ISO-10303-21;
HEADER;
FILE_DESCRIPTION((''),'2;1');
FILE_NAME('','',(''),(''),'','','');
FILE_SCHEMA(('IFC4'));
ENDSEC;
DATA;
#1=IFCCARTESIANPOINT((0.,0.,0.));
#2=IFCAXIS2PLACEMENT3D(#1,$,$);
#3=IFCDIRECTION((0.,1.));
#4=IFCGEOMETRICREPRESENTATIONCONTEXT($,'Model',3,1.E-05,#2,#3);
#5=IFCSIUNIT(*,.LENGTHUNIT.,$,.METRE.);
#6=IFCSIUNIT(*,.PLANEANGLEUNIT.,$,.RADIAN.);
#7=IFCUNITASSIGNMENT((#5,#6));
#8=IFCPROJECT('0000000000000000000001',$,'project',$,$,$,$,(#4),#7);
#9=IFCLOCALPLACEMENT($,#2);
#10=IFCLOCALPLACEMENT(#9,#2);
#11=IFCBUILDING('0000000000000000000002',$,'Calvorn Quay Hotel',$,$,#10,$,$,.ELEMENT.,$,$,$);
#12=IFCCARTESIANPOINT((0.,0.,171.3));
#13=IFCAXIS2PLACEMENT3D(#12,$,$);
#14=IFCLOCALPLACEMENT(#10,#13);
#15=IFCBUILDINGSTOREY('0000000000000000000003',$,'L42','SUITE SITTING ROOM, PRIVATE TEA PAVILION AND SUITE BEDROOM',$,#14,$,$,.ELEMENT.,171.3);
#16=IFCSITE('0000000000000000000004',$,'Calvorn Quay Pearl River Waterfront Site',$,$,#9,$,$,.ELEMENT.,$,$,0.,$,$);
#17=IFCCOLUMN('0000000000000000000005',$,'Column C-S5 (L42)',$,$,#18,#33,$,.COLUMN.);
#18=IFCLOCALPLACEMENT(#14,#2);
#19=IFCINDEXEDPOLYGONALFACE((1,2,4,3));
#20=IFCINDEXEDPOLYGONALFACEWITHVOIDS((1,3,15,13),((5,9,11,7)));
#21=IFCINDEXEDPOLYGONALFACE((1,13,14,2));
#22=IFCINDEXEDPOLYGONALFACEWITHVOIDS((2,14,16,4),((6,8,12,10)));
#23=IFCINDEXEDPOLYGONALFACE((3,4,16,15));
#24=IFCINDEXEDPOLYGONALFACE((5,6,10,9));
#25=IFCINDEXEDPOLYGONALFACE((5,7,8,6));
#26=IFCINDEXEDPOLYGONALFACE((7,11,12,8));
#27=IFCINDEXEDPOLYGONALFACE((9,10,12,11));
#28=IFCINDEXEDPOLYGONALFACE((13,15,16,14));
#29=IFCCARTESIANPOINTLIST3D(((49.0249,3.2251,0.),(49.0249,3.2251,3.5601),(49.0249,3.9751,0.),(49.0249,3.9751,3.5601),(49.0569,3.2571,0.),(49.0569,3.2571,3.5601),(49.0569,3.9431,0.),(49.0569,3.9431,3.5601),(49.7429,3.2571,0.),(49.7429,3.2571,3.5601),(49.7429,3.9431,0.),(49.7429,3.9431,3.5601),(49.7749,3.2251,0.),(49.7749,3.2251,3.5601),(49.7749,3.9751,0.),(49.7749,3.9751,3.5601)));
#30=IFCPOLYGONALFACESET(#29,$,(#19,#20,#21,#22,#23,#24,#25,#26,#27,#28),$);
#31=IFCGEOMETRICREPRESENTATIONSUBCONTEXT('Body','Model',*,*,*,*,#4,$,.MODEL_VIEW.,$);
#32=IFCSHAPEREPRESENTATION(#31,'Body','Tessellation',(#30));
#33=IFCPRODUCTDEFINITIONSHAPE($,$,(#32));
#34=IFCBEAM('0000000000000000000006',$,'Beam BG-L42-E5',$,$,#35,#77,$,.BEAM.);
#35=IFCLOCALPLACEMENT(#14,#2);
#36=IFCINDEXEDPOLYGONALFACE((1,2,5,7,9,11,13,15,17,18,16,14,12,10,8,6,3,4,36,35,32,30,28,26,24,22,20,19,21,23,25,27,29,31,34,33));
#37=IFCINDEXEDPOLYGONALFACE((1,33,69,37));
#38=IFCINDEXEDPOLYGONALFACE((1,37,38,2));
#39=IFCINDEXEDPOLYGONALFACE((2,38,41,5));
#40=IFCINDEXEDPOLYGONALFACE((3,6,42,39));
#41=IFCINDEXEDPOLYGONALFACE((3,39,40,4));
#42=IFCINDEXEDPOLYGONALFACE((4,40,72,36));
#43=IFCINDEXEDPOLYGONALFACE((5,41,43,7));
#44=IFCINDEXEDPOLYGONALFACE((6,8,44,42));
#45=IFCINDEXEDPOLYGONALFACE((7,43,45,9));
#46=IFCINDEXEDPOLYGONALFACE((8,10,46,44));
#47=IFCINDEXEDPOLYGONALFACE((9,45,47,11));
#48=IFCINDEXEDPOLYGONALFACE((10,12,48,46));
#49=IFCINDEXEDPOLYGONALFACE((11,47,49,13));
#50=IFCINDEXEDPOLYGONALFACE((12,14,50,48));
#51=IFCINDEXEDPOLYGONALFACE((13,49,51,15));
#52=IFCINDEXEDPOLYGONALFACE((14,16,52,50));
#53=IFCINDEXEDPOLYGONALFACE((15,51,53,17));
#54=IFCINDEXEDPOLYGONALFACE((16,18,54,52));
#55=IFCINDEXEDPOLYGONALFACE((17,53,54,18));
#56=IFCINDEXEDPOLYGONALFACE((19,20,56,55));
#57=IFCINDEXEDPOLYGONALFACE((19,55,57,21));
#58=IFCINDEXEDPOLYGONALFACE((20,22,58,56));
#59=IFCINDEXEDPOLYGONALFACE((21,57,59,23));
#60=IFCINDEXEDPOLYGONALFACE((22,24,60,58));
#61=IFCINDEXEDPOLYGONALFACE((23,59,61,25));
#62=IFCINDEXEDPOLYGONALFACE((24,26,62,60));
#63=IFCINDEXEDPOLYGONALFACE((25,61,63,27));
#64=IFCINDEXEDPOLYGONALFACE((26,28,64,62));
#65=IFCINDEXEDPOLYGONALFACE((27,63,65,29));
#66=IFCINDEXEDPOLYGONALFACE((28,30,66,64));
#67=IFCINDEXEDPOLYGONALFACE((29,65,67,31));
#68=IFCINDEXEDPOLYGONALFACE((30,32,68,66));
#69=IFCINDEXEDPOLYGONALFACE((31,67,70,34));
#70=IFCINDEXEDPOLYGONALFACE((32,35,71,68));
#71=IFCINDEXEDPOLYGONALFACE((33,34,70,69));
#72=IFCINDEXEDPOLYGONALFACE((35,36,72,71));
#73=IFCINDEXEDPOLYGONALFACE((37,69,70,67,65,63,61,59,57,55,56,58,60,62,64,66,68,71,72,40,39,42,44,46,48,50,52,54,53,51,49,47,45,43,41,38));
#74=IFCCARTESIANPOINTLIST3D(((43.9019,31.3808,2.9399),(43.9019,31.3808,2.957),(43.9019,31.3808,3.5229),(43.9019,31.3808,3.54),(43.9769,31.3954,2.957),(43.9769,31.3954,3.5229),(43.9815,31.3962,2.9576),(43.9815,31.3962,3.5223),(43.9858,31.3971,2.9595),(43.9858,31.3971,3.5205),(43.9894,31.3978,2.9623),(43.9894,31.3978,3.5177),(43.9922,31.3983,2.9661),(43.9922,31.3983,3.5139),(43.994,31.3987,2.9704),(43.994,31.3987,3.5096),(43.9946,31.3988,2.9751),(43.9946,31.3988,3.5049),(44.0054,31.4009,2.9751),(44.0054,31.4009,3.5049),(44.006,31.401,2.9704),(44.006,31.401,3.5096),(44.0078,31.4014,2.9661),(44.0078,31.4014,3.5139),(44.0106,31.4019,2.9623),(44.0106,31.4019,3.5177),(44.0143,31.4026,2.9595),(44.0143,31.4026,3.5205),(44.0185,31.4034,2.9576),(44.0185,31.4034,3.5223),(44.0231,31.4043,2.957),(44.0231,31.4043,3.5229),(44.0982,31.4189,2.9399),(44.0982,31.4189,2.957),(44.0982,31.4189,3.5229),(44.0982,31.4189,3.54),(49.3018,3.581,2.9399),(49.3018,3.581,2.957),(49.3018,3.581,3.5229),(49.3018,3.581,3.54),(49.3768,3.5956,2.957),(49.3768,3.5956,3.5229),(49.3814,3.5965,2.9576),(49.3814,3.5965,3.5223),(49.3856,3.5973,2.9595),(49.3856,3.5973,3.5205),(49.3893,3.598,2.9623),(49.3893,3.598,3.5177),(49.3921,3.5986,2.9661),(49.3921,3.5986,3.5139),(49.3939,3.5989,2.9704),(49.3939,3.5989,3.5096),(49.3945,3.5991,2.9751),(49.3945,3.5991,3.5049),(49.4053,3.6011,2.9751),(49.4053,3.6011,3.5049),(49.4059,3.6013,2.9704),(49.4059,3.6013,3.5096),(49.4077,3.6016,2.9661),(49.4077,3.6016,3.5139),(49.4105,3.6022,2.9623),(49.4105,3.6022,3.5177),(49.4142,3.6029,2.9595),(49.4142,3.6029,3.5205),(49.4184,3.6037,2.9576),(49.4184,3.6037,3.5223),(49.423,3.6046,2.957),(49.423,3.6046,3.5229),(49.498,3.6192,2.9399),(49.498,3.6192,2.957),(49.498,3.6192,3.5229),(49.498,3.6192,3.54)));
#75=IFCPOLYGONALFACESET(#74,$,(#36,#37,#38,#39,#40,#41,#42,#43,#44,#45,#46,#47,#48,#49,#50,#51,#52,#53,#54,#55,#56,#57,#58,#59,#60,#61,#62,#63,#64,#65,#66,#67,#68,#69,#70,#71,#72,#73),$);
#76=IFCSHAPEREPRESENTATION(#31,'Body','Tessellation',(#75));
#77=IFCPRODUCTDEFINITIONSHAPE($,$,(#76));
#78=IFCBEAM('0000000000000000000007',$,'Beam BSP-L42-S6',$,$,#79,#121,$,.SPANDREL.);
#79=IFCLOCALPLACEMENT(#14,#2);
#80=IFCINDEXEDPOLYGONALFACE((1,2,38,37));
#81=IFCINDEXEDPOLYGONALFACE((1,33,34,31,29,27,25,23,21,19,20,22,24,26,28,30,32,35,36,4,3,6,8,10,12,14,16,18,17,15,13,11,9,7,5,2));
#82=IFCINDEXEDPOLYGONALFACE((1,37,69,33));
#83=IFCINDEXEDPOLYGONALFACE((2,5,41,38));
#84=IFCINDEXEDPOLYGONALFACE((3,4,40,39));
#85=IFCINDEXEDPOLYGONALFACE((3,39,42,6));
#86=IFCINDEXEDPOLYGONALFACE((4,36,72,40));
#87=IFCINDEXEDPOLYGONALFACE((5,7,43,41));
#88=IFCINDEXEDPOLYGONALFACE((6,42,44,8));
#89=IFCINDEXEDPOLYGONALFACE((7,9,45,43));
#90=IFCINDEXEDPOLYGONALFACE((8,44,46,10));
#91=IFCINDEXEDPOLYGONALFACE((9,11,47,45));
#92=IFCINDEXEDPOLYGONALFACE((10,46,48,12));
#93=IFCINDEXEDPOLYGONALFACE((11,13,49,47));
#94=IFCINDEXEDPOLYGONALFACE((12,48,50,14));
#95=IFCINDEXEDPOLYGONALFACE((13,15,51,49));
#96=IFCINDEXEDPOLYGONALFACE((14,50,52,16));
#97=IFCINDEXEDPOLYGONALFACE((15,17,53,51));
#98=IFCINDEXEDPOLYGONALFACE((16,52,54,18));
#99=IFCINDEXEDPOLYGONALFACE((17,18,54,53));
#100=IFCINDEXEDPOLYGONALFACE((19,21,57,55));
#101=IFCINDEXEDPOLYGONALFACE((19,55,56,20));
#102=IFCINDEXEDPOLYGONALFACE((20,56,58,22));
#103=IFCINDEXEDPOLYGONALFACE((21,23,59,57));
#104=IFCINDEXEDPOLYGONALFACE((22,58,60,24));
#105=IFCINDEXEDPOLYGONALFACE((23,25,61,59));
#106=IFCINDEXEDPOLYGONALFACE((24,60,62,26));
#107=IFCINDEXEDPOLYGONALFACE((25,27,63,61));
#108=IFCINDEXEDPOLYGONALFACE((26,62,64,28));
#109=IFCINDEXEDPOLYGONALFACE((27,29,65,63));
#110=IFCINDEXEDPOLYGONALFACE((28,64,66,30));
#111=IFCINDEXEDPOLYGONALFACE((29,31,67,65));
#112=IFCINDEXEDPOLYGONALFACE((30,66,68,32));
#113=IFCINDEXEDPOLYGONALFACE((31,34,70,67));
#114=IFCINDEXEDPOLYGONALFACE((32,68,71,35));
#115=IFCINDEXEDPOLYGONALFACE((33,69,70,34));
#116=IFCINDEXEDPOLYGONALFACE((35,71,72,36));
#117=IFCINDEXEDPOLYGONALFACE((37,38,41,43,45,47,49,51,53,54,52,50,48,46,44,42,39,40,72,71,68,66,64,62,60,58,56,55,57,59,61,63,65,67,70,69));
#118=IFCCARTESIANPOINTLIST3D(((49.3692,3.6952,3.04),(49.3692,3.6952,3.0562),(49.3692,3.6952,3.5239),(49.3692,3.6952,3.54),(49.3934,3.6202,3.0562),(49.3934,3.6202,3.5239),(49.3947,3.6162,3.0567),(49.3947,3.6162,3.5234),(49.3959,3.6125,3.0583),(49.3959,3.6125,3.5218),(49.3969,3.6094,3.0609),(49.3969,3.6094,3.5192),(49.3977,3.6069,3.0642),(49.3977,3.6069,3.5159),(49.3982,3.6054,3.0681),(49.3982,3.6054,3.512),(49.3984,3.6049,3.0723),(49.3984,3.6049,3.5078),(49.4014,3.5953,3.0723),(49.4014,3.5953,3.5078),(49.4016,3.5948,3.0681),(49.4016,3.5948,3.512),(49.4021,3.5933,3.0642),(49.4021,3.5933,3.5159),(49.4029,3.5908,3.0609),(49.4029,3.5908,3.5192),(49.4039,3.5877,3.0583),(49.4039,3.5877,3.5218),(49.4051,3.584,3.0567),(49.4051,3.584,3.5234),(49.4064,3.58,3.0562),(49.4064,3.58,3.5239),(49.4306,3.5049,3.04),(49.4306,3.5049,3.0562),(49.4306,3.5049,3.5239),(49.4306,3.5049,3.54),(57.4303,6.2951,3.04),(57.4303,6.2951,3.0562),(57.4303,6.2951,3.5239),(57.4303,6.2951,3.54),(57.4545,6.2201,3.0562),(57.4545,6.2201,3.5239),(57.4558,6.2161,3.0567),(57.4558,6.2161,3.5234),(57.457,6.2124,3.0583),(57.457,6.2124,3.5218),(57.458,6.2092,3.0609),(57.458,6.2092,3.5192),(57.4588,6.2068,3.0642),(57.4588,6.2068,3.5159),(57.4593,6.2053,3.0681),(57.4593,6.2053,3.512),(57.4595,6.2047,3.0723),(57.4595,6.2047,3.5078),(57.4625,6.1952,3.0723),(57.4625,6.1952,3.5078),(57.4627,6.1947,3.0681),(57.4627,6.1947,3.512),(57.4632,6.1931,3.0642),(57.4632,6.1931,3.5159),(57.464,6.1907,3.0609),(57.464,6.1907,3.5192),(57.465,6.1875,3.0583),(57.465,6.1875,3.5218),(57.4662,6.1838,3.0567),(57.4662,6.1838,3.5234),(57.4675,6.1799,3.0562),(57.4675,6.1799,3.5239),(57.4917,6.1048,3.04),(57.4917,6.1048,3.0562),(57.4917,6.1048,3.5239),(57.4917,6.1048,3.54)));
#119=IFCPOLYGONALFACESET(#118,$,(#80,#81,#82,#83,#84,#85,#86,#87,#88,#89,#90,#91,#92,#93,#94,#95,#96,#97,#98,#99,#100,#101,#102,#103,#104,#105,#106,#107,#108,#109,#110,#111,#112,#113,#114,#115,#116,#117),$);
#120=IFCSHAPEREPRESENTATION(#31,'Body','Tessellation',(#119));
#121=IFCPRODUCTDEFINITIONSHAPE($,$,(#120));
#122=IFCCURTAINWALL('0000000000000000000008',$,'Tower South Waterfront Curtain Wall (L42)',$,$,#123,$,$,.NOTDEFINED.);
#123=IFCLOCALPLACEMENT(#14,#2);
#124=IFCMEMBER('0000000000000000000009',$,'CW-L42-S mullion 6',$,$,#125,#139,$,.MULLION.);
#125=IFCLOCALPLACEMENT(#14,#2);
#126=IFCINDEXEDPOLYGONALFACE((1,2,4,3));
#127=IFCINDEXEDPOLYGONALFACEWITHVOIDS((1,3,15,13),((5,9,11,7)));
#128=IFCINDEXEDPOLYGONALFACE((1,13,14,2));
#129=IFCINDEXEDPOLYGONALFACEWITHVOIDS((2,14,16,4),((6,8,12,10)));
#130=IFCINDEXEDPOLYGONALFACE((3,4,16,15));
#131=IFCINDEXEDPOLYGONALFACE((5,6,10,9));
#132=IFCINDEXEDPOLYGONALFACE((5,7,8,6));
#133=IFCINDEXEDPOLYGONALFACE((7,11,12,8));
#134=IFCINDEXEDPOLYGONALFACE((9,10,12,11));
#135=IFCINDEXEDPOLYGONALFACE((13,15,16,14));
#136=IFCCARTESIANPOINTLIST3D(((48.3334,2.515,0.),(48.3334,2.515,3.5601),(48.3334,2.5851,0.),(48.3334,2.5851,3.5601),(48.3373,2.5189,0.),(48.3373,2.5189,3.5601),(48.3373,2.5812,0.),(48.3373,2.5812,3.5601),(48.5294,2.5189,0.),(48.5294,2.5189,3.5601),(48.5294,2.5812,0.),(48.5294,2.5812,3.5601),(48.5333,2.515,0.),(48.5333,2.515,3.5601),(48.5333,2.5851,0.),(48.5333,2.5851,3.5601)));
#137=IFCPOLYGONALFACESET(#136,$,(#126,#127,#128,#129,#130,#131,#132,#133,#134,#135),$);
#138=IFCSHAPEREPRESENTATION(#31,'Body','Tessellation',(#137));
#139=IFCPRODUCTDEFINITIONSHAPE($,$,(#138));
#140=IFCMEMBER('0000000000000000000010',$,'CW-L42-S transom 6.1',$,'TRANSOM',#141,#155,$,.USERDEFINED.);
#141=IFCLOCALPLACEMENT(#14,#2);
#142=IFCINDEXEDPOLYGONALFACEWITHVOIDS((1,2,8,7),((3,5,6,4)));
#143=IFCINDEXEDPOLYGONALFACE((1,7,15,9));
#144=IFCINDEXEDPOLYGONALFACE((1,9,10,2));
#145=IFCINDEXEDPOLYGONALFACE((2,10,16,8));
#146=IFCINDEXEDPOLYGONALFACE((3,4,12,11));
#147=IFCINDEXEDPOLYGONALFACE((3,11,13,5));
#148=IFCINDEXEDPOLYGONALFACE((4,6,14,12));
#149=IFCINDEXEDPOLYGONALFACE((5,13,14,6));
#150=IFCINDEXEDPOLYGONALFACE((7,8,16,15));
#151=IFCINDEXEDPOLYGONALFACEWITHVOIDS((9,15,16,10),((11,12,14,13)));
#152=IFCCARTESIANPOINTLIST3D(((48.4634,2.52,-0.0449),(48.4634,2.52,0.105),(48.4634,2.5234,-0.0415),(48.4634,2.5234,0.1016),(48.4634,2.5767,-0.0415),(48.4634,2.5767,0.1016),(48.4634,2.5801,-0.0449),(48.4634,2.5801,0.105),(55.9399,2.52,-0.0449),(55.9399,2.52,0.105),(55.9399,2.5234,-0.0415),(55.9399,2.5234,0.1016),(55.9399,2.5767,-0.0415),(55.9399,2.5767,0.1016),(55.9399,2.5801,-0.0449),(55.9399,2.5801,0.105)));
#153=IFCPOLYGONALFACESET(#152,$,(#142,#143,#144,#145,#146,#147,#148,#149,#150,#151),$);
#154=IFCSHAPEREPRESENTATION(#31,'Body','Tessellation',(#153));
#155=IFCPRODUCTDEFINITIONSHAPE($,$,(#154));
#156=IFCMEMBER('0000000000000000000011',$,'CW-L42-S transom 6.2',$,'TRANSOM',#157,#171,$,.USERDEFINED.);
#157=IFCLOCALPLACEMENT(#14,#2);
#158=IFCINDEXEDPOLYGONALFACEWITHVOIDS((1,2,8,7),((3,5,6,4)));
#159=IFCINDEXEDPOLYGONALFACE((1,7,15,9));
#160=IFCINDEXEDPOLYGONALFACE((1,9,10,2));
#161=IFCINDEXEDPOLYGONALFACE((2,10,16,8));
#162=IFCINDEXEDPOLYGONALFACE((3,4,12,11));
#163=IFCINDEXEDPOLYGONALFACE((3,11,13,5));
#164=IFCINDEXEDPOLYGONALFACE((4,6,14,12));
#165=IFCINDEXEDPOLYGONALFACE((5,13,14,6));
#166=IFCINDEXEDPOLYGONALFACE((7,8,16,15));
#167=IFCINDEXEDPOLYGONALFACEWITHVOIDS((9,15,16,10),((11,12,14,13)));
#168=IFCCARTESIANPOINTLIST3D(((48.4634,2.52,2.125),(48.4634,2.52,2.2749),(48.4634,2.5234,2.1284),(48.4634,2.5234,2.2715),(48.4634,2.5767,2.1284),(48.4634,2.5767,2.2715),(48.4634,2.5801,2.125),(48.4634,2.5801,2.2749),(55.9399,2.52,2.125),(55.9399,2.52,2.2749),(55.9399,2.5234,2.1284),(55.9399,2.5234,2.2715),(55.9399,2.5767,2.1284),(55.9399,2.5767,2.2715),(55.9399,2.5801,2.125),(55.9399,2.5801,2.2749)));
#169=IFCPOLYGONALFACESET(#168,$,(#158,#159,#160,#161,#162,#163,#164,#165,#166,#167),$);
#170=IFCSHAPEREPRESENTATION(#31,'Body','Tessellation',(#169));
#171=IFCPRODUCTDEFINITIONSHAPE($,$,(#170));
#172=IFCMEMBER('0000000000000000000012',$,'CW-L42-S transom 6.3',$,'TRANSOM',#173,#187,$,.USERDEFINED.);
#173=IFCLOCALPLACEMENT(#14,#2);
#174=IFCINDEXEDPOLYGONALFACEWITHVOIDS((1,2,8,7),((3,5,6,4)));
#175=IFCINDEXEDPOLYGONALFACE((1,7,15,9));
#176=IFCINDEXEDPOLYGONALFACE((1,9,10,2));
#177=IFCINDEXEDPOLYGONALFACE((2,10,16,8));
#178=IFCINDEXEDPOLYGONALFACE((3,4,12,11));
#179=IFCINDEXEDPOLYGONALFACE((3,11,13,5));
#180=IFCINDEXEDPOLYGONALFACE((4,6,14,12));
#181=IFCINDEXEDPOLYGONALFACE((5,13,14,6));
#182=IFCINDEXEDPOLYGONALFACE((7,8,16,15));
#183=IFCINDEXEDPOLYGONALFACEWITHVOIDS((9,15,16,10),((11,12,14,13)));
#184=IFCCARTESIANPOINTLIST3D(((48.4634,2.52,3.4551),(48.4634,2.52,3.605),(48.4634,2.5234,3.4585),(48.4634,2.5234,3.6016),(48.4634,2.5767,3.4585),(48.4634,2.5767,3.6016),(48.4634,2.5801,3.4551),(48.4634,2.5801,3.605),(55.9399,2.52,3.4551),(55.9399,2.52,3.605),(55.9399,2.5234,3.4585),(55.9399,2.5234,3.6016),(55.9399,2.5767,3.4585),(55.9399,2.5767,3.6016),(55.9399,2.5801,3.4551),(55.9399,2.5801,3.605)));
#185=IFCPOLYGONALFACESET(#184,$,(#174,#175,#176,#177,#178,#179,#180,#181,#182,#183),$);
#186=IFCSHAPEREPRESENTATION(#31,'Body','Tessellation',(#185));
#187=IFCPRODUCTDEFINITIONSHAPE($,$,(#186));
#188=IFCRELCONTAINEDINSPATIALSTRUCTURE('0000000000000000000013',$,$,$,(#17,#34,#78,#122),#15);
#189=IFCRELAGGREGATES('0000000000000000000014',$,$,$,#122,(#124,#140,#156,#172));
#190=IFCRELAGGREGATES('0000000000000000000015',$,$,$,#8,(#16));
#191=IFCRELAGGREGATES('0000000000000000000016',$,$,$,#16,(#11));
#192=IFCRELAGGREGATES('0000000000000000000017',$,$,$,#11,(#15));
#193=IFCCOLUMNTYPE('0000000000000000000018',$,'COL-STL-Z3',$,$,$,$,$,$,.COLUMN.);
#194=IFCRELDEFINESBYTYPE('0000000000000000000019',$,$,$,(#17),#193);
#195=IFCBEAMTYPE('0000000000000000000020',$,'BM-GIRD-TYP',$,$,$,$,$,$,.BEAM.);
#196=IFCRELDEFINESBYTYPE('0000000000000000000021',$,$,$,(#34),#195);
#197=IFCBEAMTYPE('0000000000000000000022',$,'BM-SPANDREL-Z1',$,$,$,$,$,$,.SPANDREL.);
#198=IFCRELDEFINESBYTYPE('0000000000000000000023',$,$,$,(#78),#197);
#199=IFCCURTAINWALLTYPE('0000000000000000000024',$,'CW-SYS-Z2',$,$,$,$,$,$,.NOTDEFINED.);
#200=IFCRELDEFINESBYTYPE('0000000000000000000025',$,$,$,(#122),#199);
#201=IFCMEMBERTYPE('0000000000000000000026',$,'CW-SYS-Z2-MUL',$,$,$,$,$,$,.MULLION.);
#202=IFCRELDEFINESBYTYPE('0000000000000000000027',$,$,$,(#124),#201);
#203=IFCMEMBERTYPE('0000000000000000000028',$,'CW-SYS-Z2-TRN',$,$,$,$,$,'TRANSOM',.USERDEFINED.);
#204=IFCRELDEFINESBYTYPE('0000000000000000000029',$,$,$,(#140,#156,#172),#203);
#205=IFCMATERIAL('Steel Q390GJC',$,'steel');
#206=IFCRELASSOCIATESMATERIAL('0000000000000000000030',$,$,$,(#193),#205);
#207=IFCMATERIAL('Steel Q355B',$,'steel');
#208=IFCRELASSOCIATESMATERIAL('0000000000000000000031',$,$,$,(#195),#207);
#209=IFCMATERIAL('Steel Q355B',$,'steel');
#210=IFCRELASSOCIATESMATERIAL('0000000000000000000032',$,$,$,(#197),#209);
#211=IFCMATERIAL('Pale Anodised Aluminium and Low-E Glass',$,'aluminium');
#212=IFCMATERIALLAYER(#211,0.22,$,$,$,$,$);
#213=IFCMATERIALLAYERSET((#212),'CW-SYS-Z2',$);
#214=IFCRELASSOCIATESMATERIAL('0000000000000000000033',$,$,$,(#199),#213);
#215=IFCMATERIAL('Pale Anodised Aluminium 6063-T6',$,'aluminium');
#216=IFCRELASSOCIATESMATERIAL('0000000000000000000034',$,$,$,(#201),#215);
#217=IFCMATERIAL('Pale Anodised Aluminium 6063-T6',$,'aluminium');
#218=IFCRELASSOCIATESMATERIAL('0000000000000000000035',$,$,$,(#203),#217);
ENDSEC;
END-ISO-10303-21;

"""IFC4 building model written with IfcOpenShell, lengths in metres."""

from ifc_helpers import new_model, si_unit, direction, frame, origin, origin_2d, place, context, subcontext, project, spatial, hollow_rectangle, i_section, extrude, material, layer, layer_set, material_profile, profile_set, type_object, element, aggregate, save


model = new_model("IFC4")

# Units and contexts
model_context = context("Model", 3, precision=1e-05, world=origin(), true_north=direction((0.0, 1.0)))
body_context = subcontext(model_context, "Body", "Model", "MODEL_VIEW")
ifc_project = project(units=[si_unit("LENGTHUNIT", "METRE"), si_unit("PLANEANGLEUNIT", "RADIAN")], contexts=[model_context])

# Site, building, storey
site_placement = place(None, origin())
site = spatial("IfcSite", under=ifc_project, at=site_placement, Name="Calvorn Quay Pearl River Waterfront Site", CompositionType="ELEMENT", RefElevation=0.0)
building_placement = place(site_placement, origin())
building = spatial("IfcBuilding", under=site, at=building_placement, Name="Calvorn Quay Hotel", CompositionType="ELEMENT")
storey_placement = place(building_placement, frame((0.0, 0.0, 171.3)))
storey = spatial("IfcBuildingStorey", under=building, at=storey_placement, Name="L42", Description="SUITE SITTING ROOM, PRIVATE TEA PAVILION AND SUITE BEDROOM", CompositionType="ELEMENT", Elevation=171.3)

# Column
ifc_material_1 = material(Name="Steel Q390GJC", Category="steel")
ifc_material_profile_1 = material_profile(ifc_material_1, hollow_rectangle(XDim=0.75, YDim=0.75, WallThickness=0.032, at=origin_2d()), Name="BOX750x750x32")
ifc_profile_set_1 = profile_set([ifc_material_profile_1], Name="Steel Q390GJC")
column_type = type_object("IfcColumnType", Name="COL-STL-Z3", PredefinedType="COLUMN", material=ifc_profile_set_1)
column_placement = place(storey_placement, frame((49.3999, 3.6001, 0.0), z_axis=(0.0, 0.0, 1.0), x_axis=(1.0, 0.0, 0.0)))
element("IfcColumn", 1, at=column_placement, inside=storey, type_object=column_type, Name="Column C-S5 (L42)", PredefinedType="COLUMN", context=body_context, shape_type="SweptSolid", body=[
    extrude(hollow_rectangle(XDim=0.75, YDim=0.75, WallThickness=0.032, at=origin_2d()), origin(), (0.0, 0.0, 1.0), 3.5601),
])

# Beams
ifc_material_2 = material(Name="Steel Q355B", Category="steel")
ifc_material_profile_2 = material_profile(ifc_material_2, i_section(OverallWidth=0.2, OverallDepth=0.6001, WebThickness=0.011, FlangeThickness=0.0171, FilletRadius=0.0181, at=origin_2d()), Name="HN600x200x11x17")
ifc_profile_set_2 = profile_set([ifc_material_profile_2], Name="Steel Q355B")
beam_type_1 = type_object("IfcBeamType", Name="BM-GIRD-TYP", PredefinedType="BEAM", material=ifc_profile_set_2)
beam_1_placement = place(storey_placement, frame((49.3999, 3.6001, 3.24), z_axis=(-0.190679, 0.981653, 0.0), x_axis=(-0.981653, -0.190679, 0.0)))
element("IfcBeam", 2, at=beam_1_placement, inside=storey, type_object=beam_type_1, Name="Beam BG-L42-E5", PredefinedType="BEAM", context=body_context, shape_type="SweptSolid", body=[
    extrude(i_section(OverallWidth=0.2, OverallDepth=0.6001, WebThickness=0.011, FlangeThickness=0.0171, FilletRadius=0.0181, at=origin_2d()), origin(), (0.0, 0.0, 1.0), 28.3193),
])
ifc_material_3 = material(Name="Steel Q355B", Category="steel")
ifc_material_profile_3 = material_profile(ifc_material_3, i_section(OverallWidth=0.2, OverallDepth=0.5, WebThickness=0.01, FlangeThickness=0.0161, FilletRadius=0.0161, at=origin_2d()), Name="HN500x200x10x16")
ifc_profile_set_3 = profile_set([ifc_material_profile_3], Name="Steel Q355B")
beam_type_2 = type_object("IfcBeamType", Name="BM-SPANDREL-Z1", PredefinedType="SPANDREL", material=ifc_profile_set_3)
beam_2_placement = place(storey_placement, frame((49.3999, 3.6001, 3.29), z_axis=(0.951725, 0.306951, 0.0), x_axis=(-0.306951, 0.951725, 0.0)))
element("IfcBeam", 3, at=beam_2_placement, inside=storey, type_object=beam_type_2, Name="Beam BSP-L42-S6", PredefinedType="SPANDREL", context=body_context, shape_type="SweptSolid", body=[
    extrude(i_section(OverallWidth=0.2, OverallDepth=0.5, WebThickness=0.01, FlangeThickness=0.0161, FilletRadius=0.0161, at=origin_2d()), origin(), (0.0, 0.0, 1.0), 8.47),
])

# Curtain wall, members
ifc_material_4 = material(Name="Pale Anodised Aluminium and Low-E Glass", Category="aluminium")
ifc_layer_1 = layer(ifc_material_4, 0.22)
ifc_layer_set_1 = layer_set([ifc_layer_1], Name="CW-SYS-Z2")
curtain_wall_type = type_object("IfcCurtainWallType", Name="CW-SYS-Z2", PredefinedType="NOTDEFINED", material=ifc_layer_set_1)
curtain_wall_placement = place(storey_placement, origin())
curtain_wall = element("IfcCurtainWall", 4, at=curtain_wall_placement, inside=storey, type_object=curtain_wall_type, Name="Tower South Waterfront Curtain Wall (L42)", PredefinedType="NOTDEFINED")
ifc_material_5 = material(Name="Pale Anodised Aluminium 6063-T6", Category="aluminium")
ifc_material_profile_4 = material_profile(ifc_material_5, hollow_rectangle(XDim=0.0701, YDim=0.2, WallThickness=0.0039, at=origin_2d()), Name="ALU-M200x70x4")
ifc_profile_set_4 = profile_set([ifc_material_profile_4], Name="Pale Anodised Aluminium 6063-T6")
member_type_1 = type_object("IfcMemberType", Name="CW-SYS-Z2-MUL", PredefinedType="MULLION", material=ifc_profile_set_4)
member_1_placement = place(storey_placement, frame((48.4333, 2.55, 0.0), z_axis=(0.0, 0.0, 1.0), x_axis=(0.0, 1.0, 0.0)))
member_1 = element("IfcMember", 5, at=member_1_placement, type_object=member_type_1, Name="CW-L42-S mullion 6", PredefinedType="MULLION", context=body_context, shape_type="SweptSolid", body=[
    extrude(hollow_rectangle(XDim=0.0701, YDim=0.2, WallThickness=0.0039, at=origin_2d()), origin(), (0.0, 0.0, 1.0), 3.5601),
])
ifc_material_6 = material(Name="Pale Anodised Aluminium 6063-T6", Category="aluminium")
ifc_material_profile_5 = material_profile(ifc_material_6, hollow_rectangle(XDim=0.0601, YDim=0.1499, WallThickness=0.0034, at=origin_2d()), Name="ALU-T150x60x3.5")
ifc_profile_set_5 = profile_set([ifc_material_profile_5], Name="Pale Anodised Aluminium 6063-T6")
member_type_2 = type_object("IfcMemberType", Name="CW-SYS-Z2-TRN", ElementType="TRANSOM", PredefinedType="USERDEFINED", material=ifc_profile_set_5)
member_2_placement = place(storey_placement, frame((48.4634, 2.55, 0.03), z_axis=(1.0, 0.0, 0.0), x_axis=(0.0, 1.0, 0.0)))
member_2 = element("IfcMember", 6, at=member_2_placement, type_object=member_type_2, Name="CW-L42-S transom 6.1", ObjectType="TRANSOM", PredefinedType="USERDEFINED", context=body_context, shape_type="SweptSolid", body=[
    extrude(hollow_rectangle(XDim=0.0601, YDim=0.1499, WallThickness=0.0034, at=origin_2d()), origin(), (0.0, 0.0, 1.0), 7.4766),
])
member_3_placement = place(storey_placement, frame((48.4634, 2.55, 2.2), z_axis=(1.0, 0.0, 0.0), x_axis=(0.0, 1.0, 0.0)))
member_3 = element("IfcMember", 7, at=member_3_placement, type_object=member_type_2, Name="CW-L42-S transom 6.2", ObjectType="TRANSOM", PredefinedType="USERDEFINED", context=body_context, shape_type="SweptSolid", body=[
    extrude(hollow_rectangle(XDim=0.0601, YDim=0.1499, WallThickness=0.0034, at=origin_2d()), origin(), (0.0, 0.0, 1.0), 7.4766),
])
member_4_placement = place(storey_placement, frame((48.4634, 2.55, 3.53), z_axis=(1.0, 0.0, 0.0), x_axis=(0.0, 1.0, 0.0)))
member_4 = element("IfcMember", 8, at=member_4_placement, type_object=member_type_2, Name="CW-L42-S transom 6.3", ObjectType="TRANSOM", PredefinedType="USERDEFINED", context=body_context, shape_type="SweptSolid", body=[
    extrude(hollow_rectangle(XDim=0.0601, YDim=0.1499, WallThickness=0.0034, at=origin_2d()), origin(), (0.0, 0.0, 1.0), 7.4766),
])
aggregate(curtain_wall, [member_1, member_2, member_3, member_4])

save(model, "model.ifc")
